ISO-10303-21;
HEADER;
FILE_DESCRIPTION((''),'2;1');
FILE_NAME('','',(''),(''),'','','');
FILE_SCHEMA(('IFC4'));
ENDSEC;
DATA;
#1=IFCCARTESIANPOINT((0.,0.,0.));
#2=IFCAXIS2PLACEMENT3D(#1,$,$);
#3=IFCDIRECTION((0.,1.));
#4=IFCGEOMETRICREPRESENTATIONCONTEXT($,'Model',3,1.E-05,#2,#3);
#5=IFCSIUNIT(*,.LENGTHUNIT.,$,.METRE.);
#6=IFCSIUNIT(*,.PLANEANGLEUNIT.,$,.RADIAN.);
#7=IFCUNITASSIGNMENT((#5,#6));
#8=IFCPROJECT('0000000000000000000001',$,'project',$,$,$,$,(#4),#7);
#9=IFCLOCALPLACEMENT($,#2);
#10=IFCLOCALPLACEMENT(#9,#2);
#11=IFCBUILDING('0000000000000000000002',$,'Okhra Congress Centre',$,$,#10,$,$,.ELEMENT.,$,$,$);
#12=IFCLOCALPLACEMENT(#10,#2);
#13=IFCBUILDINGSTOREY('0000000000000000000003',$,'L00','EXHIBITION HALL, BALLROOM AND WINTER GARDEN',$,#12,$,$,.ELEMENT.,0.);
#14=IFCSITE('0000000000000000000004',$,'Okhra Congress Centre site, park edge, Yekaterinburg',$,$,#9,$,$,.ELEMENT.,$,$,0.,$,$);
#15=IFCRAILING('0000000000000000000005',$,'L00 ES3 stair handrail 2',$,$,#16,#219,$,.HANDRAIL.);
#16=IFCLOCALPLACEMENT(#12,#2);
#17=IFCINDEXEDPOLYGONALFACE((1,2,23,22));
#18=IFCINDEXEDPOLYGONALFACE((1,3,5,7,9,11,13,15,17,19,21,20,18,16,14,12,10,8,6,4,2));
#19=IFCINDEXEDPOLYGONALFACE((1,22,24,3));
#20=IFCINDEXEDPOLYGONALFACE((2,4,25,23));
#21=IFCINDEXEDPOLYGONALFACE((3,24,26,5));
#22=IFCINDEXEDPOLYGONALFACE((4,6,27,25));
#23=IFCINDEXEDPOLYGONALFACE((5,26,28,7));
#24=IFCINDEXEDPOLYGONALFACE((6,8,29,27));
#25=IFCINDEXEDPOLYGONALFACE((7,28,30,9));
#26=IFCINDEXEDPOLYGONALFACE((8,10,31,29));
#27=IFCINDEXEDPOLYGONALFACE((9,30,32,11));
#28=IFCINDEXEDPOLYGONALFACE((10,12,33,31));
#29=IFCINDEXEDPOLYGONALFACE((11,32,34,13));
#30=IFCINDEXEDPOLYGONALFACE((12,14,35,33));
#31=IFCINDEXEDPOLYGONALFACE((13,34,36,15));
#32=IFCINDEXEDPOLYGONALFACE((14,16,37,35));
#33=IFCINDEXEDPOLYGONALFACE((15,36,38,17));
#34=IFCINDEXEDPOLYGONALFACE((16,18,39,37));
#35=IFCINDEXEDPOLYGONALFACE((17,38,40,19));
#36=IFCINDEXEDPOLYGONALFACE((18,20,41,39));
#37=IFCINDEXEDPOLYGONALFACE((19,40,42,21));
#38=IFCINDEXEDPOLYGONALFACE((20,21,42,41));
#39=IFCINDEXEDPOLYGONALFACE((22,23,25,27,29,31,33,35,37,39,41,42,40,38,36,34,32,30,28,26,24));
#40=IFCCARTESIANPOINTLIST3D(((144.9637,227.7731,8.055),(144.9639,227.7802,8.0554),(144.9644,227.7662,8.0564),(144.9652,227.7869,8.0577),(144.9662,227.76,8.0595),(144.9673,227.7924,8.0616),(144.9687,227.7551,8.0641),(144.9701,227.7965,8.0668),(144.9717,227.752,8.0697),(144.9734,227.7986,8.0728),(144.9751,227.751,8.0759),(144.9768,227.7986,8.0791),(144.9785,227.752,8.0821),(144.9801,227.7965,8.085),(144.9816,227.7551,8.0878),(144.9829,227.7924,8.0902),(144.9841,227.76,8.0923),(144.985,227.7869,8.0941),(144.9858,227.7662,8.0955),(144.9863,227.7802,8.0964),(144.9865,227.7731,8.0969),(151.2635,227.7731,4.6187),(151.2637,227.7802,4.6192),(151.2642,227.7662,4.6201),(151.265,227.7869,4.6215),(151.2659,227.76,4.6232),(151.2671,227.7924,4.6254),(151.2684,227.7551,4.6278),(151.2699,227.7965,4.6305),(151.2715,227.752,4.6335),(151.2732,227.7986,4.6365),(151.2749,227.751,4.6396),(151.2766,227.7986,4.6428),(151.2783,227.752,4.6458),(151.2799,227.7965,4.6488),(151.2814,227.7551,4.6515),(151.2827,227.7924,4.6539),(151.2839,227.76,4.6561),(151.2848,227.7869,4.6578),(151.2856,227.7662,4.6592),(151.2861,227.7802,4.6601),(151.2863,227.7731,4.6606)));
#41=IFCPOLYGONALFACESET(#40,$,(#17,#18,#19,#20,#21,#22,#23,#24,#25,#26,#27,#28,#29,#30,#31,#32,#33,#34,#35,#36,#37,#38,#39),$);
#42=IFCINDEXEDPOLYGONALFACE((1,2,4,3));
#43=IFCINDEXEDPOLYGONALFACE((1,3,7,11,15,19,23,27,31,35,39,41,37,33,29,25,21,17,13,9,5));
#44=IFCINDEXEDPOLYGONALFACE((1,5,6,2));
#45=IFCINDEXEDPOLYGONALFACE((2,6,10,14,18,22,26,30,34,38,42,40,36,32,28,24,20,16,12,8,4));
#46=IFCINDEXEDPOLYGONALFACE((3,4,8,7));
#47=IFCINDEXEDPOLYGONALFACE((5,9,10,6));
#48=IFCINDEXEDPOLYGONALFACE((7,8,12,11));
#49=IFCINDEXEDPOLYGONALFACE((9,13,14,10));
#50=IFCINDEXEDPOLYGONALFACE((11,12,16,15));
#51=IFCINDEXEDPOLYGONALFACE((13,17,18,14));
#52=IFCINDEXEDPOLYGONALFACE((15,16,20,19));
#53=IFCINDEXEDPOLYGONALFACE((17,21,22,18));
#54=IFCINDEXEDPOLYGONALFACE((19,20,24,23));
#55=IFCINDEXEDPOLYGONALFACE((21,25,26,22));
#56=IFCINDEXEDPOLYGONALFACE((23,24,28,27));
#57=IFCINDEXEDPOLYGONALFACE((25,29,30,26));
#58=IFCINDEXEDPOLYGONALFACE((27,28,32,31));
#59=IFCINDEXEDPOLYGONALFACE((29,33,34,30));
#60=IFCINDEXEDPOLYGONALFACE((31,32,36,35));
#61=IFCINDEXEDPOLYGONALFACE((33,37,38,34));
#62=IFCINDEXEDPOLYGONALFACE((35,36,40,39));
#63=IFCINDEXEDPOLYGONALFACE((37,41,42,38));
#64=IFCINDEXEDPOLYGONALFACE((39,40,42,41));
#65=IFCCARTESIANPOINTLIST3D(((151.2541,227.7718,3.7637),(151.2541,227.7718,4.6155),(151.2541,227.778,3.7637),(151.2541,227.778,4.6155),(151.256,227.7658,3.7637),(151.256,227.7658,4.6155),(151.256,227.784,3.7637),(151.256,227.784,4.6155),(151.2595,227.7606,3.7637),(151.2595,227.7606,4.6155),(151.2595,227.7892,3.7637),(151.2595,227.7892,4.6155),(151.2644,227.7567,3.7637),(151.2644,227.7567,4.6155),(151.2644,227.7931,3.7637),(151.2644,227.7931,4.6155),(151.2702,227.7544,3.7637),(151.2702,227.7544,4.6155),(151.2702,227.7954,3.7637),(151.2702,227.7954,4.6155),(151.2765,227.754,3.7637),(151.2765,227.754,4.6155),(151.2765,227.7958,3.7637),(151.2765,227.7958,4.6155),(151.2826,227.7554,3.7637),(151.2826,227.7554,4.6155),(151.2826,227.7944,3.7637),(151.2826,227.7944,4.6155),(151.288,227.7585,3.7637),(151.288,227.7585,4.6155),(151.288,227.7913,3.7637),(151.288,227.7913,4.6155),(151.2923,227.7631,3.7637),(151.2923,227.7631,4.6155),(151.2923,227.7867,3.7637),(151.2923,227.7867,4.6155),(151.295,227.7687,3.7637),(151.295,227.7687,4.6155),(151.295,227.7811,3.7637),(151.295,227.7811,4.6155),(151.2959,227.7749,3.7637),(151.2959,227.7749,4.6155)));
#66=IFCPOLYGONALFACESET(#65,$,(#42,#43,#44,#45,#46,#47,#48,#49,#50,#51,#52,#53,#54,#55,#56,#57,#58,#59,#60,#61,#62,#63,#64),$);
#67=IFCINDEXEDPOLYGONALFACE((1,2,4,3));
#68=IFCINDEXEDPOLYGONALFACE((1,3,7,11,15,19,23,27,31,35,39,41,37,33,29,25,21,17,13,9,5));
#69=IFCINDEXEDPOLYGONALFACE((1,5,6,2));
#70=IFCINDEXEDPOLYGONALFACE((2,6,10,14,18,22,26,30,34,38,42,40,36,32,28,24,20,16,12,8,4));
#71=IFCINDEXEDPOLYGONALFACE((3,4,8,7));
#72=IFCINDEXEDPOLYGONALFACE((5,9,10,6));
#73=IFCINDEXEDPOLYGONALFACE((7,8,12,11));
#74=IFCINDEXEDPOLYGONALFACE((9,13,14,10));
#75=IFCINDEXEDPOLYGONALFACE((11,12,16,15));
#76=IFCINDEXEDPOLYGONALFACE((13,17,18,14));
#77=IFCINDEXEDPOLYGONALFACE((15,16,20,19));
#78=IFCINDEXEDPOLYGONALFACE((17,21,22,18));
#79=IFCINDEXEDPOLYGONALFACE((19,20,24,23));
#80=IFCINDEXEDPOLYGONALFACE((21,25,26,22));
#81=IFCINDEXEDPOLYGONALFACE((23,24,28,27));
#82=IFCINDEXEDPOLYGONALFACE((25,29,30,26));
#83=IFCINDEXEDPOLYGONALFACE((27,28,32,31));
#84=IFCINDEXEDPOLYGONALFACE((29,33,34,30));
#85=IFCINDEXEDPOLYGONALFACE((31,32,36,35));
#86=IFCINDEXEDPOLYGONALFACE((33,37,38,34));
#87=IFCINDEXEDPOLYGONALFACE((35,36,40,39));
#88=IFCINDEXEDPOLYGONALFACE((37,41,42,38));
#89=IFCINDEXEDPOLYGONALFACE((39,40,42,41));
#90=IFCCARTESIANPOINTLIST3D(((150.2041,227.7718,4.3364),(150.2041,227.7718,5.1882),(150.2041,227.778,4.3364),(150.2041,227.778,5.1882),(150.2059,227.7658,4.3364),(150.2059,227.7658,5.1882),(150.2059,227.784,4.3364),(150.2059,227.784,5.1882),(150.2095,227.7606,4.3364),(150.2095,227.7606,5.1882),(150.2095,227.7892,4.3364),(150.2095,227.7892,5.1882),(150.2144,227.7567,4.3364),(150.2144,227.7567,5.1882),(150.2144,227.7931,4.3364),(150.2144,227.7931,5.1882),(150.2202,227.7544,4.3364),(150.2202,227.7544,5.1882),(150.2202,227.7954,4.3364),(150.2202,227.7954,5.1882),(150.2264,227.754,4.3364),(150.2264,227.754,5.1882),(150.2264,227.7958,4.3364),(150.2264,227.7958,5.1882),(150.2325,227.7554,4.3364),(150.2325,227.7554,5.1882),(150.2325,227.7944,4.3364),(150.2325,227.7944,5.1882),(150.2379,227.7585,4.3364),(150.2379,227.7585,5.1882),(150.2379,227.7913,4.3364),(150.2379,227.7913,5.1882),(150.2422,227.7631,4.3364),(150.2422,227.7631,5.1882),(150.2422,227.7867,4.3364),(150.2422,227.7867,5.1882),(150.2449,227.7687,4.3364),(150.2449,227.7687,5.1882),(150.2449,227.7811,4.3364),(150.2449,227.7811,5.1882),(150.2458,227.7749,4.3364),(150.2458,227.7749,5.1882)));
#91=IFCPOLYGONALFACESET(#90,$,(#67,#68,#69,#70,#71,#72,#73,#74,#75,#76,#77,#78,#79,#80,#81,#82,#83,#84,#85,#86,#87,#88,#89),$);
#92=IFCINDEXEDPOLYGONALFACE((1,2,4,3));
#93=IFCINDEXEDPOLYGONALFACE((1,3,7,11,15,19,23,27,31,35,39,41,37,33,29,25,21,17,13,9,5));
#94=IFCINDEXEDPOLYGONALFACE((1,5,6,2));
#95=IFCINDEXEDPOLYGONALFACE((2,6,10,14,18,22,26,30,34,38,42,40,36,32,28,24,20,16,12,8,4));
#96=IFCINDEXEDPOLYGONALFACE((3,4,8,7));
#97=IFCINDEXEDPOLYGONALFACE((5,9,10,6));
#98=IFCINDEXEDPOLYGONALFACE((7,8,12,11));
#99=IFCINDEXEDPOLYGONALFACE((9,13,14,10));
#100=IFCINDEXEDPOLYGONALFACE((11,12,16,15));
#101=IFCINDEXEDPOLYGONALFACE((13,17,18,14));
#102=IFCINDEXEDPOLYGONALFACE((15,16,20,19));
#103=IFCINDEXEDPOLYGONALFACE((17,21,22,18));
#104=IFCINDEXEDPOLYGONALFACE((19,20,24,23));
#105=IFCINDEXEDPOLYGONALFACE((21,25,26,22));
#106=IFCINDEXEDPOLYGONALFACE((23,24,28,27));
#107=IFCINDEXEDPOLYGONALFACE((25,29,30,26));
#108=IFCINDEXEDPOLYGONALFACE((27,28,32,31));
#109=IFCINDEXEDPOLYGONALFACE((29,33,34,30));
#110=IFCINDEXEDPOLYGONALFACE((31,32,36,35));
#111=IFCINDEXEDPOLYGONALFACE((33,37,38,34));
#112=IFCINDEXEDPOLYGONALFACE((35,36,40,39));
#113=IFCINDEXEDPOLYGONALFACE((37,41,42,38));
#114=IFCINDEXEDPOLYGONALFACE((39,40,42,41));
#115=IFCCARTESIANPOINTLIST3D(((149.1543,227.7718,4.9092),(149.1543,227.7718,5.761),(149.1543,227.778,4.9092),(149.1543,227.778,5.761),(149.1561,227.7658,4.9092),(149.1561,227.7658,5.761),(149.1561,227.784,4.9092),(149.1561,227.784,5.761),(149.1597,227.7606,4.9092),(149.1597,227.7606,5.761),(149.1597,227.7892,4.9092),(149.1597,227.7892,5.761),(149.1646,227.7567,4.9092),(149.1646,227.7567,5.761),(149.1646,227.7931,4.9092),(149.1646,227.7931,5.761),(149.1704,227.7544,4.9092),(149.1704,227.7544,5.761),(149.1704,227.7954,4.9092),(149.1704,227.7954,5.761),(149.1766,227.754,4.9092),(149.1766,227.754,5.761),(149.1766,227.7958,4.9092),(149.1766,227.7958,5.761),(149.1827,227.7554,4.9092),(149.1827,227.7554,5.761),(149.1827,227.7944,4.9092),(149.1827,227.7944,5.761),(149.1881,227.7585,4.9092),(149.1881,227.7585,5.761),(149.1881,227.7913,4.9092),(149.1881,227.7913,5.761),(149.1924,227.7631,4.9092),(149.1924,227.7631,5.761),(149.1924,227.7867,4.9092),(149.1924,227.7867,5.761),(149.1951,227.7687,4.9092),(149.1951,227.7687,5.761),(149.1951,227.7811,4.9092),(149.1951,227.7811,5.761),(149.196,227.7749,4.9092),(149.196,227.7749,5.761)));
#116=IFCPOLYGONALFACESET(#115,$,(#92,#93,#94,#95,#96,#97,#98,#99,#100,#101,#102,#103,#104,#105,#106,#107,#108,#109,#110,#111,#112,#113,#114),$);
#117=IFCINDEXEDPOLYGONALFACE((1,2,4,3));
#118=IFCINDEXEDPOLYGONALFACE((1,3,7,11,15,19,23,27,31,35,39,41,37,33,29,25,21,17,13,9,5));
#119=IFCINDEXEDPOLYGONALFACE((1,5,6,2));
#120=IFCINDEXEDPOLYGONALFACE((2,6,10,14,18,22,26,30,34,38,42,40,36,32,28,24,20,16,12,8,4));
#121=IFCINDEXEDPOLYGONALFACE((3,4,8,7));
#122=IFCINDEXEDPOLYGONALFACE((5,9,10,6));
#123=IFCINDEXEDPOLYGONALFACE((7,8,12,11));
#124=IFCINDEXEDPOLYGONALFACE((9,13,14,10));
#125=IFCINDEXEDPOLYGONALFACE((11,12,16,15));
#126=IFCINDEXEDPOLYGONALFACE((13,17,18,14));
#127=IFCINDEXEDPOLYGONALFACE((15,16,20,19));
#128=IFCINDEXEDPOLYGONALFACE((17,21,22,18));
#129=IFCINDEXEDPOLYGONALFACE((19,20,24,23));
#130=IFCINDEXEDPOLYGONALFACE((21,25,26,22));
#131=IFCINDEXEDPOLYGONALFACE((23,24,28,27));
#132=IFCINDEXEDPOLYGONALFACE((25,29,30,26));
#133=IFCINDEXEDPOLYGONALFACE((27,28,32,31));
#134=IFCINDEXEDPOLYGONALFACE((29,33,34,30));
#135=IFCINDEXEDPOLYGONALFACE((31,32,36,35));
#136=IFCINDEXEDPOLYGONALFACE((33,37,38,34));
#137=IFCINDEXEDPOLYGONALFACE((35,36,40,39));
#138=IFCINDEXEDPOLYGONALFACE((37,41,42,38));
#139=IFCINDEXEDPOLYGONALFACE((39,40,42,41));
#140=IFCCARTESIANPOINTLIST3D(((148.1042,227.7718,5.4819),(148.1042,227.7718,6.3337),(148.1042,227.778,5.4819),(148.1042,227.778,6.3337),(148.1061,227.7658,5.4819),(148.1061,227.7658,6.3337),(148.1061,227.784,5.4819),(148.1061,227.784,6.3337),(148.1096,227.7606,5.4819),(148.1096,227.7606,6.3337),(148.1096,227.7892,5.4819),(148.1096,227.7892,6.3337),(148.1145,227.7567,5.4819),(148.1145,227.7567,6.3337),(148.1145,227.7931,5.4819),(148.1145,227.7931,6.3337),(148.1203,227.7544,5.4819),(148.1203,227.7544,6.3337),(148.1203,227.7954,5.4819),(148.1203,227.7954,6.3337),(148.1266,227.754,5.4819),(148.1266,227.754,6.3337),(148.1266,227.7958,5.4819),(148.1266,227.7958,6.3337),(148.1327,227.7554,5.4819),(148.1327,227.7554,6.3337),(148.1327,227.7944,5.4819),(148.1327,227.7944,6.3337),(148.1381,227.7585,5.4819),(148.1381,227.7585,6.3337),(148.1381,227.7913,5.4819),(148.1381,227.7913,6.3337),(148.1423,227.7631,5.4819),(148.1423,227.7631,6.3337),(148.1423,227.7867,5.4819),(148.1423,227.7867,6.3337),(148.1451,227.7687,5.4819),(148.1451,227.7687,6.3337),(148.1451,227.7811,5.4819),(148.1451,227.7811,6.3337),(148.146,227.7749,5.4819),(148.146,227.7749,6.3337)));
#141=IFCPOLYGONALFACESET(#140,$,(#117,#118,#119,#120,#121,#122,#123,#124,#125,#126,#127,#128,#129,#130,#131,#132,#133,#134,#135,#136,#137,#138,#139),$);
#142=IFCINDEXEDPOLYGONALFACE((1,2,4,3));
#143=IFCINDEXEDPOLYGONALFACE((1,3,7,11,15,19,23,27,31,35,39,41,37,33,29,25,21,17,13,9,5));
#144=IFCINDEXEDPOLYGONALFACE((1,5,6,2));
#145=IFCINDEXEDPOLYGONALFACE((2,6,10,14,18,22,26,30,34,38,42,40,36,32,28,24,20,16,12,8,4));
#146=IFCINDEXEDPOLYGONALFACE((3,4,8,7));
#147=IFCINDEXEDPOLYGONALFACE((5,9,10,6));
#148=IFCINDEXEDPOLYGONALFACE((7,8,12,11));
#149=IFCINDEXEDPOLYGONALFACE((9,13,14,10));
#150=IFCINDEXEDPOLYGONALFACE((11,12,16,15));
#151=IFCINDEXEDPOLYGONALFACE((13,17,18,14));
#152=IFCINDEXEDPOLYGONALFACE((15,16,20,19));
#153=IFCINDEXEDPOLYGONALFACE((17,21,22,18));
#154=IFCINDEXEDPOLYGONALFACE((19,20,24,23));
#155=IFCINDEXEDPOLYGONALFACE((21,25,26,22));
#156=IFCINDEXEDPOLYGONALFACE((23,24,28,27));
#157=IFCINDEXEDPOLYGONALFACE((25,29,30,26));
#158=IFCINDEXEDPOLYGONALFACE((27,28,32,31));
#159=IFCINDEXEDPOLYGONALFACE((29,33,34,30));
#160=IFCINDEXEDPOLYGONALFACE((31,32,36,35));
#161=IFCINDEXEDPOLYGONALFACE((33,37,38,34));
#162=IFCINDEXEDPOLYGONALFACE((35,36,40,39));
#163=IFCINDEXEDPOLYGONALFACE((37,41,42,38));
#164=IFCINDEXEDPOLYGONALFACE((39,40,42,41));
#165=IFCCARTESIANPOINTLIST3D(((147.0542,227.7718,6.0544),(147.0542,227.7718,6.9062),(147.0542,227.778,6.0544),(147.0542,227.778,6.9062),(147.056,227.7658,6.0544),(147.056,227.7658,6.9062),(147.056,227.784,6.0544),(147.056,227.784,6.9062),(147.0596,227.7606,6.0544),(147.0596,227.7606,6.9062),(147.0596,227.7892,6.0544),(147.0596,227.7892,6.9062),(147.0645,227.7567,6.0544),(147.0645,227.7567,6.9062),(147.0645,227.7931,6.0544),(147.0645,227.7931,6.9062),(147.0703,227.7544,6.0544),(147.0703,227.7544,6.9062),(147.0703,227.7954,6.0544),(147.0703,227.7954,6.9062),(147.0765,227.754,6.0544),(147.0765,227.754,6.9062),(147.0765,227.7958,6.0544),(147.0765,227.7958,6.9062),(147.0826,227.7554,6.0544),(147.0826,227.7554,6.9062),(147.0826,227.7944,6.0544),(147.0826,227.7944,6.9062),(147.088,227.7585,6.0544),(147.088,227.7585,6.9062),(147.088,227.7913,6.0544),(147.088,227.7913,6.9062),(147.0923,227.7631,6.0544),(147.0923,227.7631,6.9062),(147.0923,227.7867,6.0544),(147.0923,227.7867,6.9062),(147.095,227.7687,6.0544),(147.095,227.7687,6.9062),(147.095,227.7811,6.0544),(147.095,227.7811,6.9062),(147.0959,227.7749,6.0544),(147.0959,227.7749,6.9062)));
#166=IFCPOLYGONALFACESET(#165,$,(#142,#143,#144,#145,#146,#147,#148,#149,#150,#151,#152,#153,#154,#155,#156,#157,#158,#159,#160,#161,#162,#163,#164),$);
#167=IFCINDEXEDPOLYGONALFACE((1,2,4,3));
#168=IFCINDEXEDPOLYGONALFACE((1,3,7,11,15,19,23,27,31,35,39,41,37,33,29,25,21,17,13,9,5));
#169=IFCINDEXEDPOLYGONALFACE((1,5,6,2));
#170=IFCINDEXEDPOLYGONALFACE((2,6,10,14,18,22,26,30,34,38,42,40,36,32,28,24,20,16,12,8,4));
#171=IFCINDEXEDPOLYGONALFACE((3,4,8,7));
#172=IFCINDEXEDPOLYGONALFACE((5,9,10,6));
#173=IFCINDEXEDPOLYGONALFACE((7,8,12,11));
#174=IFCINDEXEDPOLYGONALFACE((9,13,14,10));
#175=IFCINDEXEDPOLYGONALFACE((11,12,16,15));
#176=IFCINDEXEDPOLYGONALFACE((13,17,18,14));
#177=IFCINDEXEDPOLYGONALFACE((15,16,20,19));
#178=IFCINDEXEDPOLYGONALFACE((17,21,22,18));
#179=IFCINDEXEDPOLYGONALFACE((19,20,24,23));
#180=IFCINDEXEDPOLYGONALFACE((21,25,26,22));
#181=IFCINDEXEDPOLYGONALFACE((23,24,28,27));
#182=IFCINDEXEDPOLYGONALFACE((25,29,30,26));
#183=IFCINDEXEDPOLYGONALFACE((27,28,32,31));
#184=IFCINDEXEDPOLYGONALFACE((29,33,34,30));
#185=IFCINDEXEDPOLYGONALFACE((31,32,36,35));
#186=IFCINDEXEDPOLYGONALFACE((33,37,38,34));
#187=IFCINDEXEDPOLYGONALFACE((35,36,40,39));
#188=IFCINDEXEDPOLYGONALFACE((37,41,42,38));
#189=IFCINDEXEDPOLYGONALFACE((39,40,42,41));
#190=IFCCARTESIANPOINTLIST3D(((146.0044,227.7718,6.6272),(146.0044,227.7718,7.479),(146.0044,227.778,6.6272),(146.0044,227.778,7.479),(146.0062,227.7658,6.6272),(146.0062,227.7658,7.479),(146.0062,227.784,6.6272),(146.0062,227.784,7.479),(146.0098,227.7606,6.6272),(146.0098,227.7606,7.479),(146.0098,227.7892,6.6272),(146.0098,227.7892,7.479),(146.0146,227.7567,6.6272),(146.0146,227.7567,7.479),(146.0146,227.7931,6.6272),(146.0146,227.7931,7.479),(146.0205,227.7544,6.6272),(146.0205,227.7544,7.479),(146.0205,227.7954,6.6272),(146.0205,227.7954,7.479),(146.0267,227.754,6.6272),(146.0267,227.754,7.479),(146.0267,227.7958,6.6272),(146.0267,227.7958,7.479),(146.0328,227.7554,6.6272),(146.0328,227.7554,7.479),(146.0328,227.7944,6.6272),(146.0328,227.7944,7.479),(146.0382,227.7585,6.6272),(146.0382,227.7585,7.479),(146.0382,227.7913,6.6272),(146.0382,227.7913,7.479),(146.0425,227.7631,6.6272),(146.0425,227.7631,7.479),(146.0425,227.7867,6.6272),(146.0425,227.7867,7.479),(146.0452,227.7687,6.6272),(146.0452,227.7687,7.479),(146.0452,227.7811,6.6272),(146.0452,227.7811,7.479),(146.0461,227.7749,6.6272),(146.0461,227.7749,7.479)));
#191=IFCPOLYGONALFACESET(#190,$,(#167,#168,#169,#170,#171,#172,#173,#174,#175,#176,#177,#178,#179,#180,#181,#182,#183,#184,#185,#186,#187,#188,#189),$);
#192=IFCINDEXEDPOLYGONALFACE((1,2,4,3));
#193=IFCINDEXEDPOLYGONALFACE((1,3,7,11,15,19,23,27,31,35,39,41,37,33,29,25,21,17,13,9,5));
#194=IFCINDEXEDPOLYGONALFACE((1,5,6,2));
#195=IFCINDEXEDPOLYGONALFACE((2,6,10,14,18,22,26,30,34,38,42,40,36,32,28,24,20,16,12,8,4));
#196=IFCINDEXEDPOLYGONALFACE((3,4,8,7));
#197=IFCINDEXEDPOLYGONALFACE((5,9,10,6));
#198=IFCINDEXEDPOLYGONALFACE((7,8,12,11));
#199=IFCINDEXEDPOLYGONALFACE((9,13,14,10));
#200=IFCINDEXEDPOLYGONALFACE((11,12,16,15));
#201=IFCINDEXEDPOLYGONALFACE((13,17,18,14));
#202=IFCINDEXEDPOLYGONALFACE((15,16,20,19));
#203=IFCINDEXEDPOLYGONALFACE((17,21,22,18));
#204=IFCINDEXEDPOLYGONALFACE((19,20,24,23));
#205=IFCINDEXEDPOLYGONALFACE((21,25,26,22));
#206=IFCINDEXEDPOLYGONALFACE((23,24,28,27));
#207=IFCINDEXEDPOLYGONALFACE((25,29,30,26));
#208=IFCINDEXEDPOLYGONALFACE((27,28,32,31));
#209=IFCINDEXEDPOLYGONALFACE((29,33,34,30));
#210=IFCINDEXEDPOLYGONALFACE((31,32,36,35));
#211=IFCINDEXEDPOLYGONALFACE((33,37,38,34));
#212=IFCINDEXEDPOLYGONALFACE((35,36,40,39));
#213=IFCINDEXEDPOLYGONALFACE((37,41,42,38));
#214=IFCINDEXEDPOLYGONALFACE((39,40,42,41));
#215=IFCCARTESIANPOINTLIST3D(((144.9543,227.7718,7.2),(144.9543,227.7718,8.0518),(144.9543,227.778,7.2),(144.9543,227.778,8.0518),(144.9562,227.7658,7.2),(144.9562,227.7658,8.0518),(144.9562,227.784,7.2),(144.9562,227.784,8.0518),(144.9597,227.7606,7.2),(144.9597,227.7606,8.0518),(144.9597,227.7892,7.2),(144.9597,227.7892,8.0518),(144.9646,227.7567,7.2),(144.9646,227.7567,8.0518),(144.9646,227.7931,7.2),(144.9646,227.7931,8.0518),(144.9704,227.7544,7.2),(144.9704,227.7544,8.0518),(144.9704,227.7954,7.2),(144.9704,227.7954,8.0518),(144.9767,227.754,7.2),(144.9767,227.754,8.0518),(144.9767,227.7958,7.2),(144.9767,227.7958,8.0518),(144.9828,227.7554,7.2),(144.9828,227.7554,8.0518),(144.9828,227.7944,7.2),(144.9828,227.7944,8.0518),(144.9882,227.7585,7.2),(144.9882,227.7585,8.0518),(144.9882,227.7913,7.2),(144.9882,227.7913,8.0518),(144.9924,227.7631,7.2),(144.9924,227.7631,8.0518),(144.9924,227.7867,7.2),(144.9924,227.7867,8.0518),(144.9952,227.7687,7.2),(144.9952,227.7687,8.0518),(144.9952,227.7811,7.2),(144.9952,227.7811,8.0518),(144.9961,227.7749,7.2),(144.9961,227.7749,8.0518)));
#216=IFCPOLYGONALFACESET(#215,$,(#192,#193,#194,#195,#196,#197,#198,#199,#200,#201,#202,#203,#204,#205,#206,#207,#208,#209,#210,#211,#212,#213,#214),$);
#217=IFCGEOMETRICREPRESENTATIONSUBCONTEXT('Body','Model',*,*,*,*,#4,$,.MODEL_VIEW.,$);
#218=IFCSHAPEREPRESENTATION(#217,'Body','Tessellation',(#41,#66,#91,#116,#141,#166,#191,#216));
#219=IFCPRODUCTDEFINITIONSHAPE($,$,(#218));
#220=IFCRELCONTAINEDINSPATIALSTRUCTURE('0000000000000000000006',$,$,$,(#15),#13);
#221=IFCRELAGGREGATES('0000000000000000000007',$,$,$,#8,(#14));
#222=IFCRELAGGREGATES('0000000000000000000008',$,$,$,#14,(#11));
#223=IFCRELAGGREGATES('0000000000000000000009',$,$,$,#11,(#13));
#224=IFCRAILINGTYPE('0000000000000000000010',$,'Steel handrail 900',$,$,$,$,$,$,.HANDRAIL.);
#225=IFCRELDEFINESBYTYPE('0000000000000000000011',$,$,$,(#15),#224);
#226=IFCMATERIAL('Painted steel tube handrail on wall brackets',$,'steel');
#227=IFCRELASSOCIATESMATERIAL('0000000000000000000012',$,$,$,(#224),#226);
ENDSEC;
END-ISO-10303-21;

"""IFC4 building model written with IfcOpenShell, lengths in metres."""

from ifc_helpers import new_model, si_unit, direction, frame, origin, origin_2d, place, context, subcontext, project, spatial, circle, extrude, material, type_object, element, save


model = new_model("IFC4")

# Units and contexts
model_context = context("Model", 3, precision=1e-05, world=origin(), true_north=direction((0.0, 1.0)))
body_context = subcontext(model_context, "Body", "Model", "MODEL_VIEW")
ifc_project = project(units=[si_unit("LENGTHUNIT", "METRE"), si_unit("PLANEANGLEUNIT", "RADIAN")], contexts=[model_context])

# Site, building, storey
site_placement = place(None, origin())
site = spatial("IfcSite", under=ifc_project, at=site_placement, Name="Okhra Congress Centre site, park edge, Yekaterinburg", CompositionType="ELEMENT", RefElevation=0.0)
building_placement = place(site_placement, origin())
building = spatial("IfcBuilding", under=site, at=building_placement, Name="Okhra Congress Centre", CompositionType="ELEMENT")
storey_placement = place(building_placement, origin())
storey = spatial("IfcBuildingStorey", under=building, at=storey_placement, Name="L00", Description="EXHIBITION HALL, BALLROOM AND WINTER GARDEN", CompositionType="ELEMENT", Elevation=0.0)

# Railing
ifc_material_1 = material(Name="Painted steel tube handrail on wall brackets", Category="steel")
railing_type_1 = type_object("IfcRailingType", Name="Steel handrail 900", PredefinedType="HANDRAIL", material=ifc_material_1)
railing_1_placement = place(storey_placement, frame((151.2749, 227.7749, 3.7637)))
element("IfcRailing", 1, at=railing_1_placement, inside=storey, type_object=railing_type_1, Name="L00 ES3 stair handrail 2", PredefinedType="HANDRAIL", context=body_context, shape_type="SweptSolid", body=[
    extrude(circle(Radius=0.0239, at=origin_2d()), frame((0.0, 0.0, 0.876), z_axis=(-0.877894, 0.0, 0.478855), x_axis=(0.0, -1.0, 0.0)), (0.0, 0.0, 1.0), 7.176),
    extrude(circle(Radius=0.021, at=origin_2d()), origin(), (0.0, 0.0, 1.0), 0.8518),
    extrude(circle(Radius=0.021, at=origin_2d()), frame((-1.05, 0.0, 0.5728)), (0.0, 0.0, 1.0), 0.8518),
    extrude(circle(Radius=0.021, at=origin_2d()), frame((-2.0999, 0.0, 1.1455)), (0.0, 0.0, 1.0), 0.8518),
    extrude(circle(Radius=0.021, at=origin_2d()), frame((-3.1499, 0.0, 1.7183)), (0.0, 0.0, 1.0), 0.8518),
    extrude(circle(Radius=0.021, at=origin_2d()), frame((-4.2, 0.0, 2.2908)), (0.0, 0.0, 1.0), 0.8518),
    extrude(circle(Radius=0.021, at=origin_2d()), frame((-5.2498, 0.0, 2.8635)), (0.0, 0.0, 1.0), 0.8518),
    extrude(circle(Radius=0.021, at=origin_2d()), frame((-6.2998, 0.0, 3.4363)), (0.0, 0.0, 1.0), 0.8518),
])

save(model, "model.ifc")
